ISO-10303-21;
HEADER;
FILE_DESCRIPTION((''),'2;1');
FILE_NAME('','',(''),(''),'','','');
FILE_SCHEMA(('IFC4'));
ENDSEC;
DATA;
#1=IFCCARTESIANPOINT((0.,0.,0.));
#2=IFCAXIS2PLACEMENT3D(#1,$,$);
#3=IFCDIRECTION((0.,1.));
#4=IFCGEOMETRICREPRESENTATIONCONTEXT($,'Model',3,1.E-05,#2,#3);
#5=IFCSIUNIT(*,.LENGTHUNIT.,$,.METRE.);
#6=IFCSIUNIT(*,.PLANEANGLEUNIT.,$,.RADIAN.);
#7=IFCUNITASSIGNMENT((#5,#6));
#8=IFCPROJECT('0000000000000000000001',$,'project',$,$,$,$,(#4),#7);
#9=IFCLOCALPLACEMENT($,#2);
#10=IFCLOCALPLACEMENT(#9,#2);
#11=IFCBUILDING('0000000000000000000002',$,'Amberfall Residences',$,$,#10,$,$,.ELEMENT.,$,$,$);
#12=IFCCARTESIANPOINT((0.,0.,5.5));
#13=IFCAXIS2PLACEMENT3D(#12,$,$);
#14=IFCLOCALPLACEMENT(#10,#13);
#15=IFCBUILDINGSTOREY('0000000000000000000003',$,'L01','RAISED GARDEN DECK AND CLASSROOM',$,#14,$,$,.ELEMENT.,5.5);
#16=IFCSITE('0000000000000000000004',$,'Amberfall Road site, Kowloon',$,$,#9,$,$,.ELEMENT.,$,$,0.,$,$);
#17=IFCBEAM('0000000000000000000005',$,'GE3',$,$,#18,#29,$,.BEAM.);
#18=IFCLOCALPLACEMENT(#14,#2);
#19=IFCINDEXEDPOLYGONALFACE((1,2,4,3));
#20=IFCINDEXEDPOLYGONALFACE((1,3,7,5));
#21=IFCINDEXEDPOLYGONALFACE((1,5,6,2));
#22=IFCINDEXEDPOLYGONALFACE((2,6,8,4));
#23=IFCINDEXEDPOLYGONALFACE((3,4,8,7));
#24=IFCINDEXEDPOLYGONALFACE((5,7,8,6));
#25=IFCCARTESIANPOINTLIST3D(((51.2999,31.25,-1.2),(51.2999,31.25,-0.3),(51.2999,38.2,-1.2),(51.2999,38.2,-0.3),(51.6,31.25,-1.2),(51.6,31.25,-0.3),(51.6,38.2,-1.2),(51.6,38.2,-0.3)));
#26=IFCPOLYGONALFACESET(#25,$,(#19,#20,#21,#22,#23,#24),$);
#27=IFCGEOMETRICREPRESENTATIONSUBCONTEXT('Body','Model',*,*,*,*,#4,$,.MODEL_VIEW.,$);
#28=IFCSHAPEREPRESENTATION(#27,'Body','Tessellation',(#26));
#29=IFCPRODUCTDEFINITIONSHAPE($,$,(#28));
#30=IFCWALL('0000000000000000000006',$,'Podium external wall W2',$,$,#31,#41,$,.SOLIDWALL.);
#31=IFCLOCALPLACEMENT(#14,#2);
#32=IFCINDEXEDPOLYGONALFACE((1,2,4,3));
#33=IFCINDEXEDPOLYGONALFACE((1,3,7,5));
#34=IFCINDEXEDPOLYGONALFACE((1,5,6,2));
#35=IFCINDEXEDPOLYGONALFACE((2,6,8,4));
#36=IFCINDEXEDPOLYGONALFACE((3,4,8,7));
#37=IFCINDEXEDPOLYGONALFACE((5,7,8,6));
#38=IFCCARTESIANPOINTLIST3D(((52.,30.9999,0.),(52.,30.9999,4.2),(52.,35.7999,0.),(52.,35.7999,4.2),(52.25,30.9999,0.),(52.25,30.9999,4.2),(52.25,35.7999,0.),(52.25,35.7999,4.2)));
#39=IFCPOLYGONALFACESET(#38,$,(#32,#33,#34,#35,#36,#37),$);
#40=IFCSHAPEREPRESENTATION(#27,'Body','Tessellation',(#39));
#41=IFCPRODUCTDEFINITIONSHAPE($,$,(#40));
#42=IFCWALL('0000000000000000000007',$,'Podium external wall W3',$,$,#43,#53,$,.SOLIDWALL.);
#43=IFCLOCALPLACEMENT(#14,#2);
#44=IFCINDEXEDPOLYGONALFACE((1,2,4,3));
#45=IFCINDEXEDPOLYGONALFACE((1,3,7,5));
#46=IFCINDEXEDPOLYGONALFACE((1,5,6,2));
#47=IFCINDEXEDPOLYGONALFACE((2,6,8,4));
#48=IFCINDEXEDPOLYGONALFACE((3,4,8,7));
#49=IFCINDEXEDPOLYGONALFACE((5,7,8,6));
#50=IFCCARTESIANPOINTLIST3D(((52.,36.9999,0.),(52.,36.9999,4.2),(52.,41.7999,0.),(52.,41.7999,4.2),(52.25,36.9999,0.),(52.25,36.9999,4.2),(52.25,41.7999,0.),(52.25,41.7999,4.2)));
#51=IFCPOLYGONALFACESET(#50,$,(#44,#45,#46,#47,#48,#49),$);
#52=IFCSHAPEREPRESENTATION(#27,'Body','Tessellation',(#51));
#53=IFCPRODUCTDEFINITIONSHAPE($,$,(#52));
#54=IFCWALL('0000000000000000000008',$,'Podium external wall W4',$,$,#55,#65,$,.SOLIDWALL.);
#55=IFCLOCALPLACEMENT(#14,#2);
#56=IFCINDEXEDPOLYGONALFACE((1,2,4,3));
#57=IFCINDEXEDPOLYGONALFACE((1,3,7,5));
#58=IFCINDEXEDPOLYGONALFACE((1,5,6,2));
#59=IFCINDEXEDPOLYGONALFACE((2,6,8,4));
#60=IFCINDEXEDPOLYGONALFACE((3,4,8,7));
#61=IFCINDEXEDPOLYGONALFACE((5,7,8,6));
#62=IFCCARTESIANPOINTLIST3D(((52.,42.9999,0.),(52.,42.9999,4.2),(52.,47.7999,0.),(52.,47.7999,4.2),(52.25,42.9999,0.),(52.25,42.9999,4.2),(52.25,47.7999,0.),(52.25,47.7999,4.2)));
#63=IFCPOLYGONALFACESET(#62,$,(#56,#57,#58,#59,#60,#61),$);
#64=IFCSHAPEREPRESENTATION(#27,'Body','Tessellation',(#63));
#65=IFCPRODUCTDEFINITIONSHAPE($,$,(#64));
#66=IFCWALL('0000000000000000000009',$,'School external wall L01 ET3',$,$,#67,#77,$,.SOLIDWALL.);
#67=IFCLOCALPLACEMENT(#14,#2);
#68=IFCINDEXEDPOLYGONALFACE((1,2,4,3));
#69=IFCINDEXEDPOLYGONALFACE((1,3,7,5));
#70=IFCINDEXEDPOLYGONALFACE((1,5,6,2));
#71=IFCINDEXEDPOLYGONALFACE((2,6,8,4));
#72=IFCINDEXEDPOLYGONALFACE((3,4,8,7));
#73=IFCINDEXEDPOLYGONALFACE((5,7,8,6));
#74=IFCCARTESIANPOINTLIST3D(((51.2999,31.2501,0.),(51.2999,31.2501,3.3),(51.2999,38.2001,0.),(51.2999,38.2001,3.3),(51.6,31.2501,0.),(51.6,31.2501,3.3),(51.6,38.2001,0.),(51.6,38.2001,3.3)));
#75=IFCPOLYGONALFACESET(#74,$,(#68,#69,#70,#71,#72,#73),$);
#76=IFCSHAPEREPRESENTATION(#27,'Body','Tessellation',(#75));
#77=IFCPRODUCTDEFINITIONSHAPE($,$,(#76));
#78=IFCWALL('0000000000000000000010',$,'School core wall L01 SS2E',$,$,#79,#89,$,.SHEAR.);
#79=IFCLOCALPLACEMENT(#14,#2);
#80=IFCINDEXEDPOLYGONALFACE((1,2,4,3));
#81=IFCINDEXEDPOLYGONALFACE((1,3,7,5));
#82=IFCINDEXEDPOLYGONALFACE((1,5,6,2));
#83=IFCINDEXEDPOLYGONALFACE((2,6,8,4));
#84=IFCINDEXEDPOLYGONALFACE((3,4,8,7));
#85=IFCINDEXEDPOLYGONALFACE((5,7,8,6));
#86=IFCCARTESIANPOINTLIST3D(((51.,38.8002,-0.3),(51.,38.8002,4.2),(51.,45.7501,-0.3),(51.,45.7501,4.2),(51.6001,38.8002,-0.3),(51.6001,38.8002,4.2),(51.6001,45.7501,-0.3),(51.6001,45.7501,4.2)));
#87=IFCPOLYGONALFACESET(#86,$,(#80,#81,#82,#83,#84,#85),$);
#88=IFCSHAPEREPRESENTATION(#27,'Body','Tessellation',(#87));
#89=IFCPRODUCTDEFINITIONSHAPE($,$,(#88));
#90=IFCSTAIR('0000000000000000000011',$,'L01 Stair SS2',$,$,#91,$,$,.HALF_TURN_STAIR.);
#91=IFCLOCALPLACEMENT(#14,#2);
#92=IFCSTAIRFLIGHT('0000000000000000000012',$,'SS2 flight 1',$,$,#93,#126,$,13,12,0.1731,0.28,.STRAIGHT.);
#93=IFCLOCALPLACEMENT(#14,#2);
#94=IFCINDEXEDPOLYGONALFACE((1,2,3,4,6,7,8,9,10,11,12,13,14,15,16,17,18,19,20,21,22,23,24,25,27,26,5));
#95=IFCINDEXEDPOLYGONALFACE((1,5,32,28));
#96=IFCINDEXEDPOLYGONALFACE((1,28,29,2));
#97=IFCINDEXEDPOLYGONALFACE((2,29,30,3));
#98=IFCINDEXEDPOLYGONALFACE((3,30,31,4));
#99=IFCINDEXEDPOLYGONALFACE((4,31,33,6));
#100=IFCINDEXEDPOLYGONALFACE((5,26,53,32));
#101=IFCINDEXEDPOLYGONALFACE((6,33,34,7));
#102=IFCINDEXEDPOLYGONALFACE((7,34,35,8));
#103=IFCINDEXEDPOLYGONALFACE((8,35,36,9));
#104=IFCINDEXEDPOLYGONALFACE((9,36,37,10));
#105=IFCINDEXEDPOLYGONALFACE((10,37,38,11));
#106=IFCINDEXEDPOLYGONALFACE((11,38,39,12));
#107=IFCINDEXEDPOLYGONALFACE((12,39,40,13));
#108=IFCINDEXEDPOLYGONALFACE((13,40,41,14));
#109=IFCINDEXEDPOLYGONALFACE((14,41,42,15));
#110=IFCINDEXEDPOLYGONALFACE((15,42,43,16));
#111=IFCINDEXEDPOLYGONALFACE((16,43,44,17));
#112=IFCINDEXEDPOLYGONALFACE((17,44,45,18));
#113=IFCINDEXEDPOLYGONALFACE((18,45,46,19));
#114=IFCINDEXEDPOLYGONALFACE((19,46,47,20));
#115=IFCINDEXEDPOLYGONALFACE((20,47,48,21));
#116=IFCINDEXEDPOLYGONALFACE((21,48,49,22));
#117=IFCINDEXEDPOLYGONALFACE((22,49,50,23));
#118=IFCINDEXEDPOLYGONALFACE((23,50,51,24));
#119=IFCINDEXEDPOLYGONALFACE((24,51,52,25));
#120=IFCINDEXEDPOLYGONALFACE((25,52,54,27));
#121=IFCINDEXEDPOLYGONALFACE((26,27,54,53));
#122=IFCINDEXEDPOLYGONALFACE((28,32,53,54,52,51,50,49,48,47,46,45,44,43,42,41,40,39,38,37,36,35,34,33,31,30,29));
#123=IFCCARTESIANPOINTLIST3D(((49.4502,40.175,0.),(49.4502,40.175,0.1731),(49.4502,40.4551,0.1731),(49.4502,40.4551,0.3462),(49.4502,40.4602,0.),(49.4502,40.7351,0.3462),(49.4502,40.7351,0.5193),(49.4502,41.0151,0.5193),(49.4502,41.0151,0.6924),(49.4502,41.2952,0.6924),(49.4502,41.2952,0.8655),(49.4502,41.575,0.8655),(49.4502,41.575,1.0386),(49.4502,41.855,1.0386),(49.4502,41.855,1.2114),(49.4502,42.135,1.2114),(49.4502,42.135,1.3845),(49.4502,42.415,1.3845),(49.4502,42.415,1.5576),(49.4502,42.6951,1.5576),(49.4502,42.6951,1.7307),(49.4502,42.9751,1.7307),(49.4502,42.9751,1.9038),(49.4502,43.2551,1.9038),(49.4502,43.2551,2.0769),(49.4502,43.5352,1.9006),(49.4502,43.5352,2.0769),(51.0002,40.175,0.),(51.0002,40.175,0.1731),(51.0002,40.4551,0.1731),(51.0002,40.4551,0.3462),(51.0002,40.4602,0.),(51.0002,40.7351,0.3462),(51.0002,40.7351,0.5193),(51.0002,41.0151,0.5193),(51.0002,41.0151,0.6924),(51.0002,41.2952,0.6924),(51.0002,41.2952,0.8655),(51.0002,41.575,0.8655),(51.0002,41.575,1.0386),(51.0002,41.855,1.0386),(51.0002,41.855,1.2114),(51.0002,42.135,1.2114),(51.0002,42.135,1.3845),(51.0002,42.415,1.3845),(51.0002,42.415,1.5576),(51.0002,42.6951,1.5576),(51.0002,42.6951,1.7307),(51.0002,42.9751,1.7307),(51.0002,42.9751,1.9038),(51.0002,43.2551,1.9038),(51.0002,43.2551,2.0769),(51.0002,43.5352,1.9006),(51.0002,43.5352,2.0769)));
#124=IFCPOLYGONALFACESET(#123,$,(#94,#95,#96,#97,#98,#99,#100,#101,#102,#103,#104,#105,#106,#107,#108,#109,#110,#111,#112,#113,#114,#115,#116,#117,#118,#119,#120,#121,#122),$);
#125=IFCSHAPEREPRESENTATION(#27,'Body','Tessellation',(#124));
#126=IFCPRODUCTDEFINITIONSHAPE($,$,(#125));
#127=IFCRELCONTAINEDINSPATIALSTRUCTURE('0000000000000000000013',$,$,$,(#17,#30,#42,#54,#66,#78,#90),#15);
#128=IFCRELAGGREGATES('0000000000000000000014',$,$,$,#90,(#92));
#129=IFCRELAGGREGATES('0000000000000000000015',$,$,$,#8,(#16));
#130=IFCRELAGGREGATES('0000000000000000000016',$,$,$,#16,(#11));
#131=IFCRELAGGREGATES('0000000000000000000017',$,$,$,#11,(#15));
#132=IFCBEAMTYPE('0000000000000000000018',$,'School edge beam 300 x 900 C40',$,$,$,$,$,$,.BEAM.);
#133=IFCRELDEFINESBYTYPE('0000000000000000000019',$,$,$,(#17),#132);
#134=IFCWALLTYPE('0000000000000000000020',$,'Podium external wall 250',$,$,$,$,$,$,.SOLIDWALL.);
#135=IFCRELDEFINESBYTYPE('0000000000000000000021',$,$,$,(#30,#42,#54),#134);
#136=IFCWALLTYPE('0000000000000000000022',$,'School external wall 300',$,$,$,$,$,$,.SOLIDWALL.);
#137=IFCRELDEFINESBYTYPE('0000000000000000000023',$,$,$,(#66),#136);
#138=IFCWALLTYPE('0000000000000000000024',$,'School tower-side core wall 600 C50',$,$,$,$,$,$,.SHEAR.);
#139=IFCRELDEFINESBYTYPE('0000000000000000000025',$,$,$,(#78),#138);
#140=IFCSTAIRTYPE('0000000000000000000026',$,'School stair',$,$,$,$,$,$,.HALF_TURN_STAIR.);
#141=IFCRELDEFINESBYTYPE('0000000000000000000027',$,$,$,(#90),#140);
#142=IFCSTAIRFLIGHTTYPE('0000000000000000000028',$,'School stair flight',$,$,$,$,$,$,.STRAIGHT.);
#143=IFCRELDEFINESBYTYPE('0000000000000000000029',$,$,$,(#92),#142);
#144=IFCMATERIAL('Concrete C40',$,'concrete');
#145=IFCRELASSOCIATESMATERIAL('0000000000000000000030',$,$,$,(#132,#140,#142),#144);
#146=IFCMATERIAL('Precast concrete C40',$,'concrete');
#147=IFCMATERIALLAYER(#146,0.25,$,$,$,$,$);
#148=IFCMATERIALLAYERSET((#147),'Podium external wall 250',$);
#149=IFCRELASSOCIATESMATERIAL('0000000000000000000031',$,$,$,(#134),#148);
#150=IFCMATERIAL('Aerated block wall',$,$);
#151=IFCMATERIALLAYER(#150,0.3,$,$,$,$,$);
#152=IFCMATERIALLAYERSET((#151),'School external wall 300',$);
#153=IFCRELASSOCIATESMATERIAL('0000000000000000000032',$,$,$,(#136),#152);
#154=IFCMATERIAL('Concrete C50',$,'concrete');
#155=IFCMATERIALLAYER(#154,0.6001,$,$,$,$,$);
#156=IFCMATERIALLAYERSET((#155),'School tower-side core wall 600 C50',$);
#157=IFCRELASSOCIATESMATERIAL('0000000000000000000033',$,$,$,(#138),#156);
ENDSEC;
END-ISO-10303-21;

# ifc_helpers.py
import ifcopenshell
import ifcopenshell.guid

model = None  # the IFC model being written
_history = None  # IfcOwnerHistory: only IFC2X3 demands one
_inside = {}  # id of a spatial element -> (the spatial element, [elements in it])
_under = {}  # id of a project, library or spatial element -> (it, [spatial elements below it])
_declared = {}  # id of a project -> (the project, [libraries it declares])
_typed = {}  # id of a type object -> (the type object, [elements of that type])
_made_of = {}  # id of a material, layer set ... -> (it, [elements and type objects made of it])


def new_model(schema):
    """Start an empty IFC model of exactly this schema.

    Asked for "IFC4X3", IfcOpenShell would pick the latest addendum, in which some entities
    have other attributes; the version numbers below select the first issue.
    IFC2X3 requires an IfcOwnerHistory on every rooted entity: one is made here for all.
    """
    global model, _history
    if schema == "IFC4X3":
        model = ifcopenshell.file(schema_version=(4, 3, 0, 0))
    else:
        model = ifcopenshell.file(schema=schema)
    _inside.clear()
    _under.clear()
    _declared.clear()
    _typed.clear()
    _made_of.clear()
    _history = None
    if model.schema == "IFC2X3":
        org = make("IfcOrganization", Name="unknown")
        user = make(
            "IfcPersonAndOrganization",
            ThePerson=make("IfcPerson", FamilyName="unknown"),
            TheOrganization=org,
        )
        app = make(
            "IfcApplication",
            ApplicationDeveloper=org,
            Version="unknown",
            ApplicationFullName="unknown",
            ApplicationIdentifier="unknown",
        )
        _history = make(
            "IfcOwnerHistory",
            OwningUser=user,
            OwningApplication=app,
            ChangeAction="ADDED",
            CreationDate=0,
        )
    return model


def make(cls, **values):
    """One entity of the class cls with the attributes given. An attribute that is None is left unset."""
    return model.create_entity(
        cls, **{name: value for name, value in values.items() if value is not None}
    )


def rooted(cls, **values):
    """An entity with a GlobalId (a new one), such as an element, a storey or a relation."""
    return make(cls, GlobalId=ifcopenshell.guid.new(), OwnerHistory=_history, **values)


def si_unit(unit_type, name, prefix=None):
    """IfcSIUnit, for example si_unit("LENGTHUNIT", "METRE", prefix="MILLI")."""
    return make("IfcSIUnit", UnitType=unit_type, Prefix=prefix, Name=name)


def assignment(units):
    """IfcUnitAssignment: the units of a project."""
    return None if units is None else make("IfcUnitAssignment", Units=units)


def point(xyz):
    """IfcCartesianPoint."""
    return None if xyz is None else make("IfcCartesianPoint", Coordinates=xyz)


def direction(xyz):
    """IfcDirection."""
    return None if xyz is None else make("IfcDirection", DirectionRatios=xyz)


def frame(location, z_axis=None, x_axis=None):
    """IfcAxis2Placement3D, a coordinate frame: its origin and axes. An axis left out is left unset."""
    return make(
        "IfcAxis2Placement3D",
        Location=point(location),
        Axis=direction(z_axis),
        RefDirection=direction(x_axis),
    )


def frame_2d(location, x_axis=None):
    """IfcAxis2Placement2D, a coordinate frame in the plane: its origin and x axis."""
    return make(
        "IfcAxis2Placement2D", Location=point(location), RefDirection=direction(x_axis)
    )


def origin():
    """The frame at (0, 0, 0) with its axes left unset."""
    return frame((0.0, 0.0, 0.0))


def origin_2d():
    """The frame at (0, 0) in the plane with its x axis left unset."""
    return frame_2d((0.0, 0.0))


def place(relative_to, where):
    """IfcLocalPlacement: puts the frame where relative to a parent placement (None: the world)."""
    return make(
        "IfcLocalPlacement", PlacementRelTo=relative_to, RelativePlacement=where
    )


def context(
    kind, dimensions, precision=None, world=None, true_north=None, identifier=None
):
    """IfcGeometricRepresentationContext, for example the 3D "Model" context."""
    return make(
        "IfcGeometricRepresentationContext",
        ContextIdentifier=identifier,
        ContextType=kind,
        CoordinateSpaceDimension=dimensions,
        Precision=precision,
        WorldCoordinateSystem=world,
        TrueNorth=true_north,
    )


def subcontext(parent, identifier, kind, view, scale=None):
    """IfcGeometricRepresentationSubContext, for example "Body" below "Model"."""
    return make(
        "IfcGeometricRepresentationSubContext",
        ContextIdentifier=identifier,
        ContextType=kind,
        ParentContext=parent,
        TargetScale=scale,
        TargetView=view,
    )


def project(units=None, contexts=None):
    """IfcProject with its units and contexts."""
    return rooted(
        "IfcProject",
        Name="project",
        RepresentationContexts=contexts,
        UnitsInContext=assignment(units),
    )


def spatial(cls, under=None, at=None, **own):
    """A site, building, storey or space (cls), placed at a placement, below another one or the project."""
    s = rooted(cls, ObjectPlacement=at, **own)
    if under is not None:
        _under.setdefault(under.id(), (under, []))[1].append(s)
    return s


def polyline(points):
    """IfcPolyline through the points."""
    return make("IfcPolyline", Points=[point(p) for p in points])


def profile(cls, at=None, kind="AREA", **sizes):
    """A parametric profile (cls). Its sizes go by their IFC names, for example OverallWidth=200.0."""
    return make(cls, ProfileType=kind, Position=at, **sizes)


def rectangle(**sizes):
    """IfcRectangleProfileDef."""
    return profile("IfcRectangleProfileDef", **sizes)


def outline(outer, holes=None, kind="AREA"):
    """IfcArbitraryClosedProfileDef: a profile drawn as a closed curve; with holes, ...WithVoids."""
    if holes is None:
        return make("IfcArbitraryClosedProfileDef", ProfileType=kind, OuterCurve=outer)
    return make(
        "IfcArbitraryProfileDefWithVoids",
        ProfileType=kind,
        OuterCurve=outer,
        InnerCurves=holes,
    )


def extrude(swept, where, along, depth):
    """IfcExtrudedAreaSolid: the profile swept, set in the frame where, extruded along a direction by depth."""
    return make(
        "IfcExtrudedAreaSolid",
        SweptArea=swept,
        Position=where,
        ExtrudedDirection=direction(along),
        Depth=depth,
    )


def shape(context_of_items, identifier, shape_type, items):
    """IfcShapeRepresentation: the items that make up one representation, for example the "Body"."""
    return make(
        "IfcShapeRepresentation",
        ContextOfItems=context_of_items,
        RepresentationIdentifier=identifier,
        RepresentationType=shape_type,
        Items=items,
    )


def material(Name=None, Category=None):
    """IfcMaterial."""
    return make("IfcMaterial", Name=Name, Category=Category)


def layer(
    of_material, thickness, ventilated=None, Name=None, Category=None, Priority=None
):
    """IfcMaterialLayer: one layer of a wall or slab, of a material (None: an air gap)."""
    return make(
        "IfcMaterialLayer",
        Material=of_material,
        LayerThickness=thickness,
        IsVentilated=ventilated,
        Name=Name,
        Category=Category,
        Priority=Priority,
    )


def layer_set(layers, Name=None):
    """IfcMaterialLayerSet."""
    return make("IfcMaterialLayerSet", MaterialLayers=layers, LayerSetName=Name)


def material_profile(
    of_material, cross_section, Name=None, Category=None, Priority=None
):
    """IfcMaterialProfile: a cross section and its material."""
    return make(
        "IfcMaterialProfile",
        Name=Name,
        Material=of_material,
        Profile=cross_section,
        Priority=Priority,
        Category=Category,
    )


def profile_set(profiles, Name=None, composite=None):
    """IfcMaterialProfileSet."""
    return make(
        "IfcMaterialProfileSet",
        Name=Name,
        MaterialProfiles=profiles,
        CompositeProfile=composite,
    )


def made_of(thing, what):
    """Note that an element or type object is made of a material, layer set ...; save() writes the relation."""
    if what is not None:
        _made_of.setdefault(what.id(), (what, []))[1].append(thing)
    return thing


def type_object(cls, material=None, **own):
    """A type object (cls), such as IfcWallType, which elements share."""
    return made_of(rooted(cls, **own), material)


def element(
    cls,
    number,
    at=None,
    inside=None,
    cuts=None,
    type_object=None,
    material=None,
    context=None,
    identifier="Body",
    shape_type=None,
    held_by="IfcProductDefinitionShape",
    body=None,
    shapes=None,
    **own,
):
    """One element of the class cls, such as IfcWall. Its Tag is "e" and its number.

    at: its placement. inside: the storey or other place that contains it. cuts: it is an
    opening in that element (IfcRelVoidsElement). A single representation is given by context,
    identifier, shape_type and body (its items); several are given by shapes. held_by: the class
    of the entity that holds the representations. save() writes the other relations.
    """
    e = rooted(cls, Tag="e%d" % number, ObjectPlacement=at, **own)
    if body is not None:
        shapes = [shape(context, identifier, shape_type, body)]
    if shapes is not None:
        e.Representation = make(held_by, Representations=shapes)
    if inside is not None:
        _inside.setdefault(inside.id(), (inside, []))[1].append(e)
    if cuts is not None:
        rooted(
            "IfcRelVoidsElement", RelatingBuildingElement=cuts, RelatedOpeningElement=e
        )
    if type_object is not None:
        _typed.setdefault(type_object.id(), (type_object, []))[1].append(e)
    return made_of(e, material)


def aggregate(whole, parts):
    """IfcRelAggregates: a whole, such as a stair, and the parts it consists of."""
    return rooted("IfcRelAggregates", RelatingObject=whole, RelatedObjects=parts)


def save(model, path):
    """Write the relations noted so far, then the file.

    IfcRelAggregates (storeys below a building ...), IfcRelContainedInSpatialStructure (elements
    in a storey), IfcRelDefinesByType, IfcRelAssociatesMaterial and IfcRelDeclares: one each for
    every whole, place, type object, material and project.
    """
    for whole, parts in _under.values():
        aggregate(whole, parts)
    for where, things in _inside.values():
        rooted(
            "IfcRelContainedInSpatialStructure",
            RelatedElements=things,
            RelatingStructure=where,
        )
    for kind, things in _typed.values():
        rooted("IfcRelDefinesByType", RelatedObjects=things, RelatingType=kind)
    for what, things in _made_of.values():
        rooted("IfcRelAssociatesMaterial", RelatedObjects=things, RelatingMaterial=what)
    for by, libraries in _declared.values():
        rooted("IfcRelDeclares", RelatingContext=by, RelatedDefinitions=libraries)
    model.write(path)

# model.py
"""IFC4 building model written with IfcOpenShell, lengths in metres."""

from ifc_helpers import new_model, si_unit, direction, frame, frame_2d, origin, origin_2d, place, context, subcontext, project, spatial, polyline, rectangle, outline, extrude, material, layer, layer_set, material_profile, profile_set, type_object, element, aggregate, save


model = new_model("IFC4")

# Units and contexts
model_context = context("Model", 3, precision=1e-05, world=origin(), true_north=direction((0.0, 1.0)))
body_context = subcontext(model_context, "Body", "Model", "MODEL_VIEW")
ifc_project = project(units=[si_unit("LENGTHUNIT", "METRE"), si_unit("PLANEANGLEUNIT", "RADIAN")], contexts=[model_context])

# Site, building, storey
site_placement = place(None, origin())
site = spatial("IfcSite", under=ifc_project, at=site_placement, Name="Amberfall Road site, Kowloon", CompositionType="ELEMENT", RefElevation=0.0)
building_placement = place(site_placement, origin())
building = spatial("IfcBuilding", under=site, at=building_placement, Name="Amberfall Residences", CompositionType="ELEMENT")
storey_placement = place(building_placement, frame((0.0, 0.0, 5.5)))
storey = spatial("IfcBuildingStorey", under=building, at=storey_placement, Name="L01", Description="RAISED GARDEN DECK AND CLASSROOM", CompositionType="ELEMENT", Elevation=5.5)

# Shared definitions
ifc_material_1 = material(Name="Concrete C50", Category="concrete")

# Beam
ifc_material_2 = material(Name="Concrete C40", Category="concrete")
ifc_material_profile_1 = material_profile(ifc_material_2, rectangle(XDim=0.3, YDim=0.8999, at=origin_2d()), Name="School edge beam 300 x 900 C40")
ifc_profile_set_1 = profile_set([ifc_material_profile_1], Name="Concrete C40")
beam_type_1 = type_object("IfcBeamType", Name="School edge beam 300 x 900 C40", PredefinedType="BEAM", material=ifc_profile_set_1)
beam_placement = place(storey_placement, frame((51.45, 31.25, -0.75), z_axis=(0.0, 1.0, 0.0), x_axis=(-1.0, 0.0, 0.0)))
element("IfcBeam", 1, at=beam_placement, inside=storey, type_object=beam_type_1, Name="GE3", PredefinedType="BEAM", context=body_context, shape_type="SweptSolid", body=[
    extrude(rectangle(XDim=0.3, YDim=0.8999, at=origin_2d()), origin(), (0.0, 0.0, 1.0), 6.95),
])

# Walls
ifc_material_3 = material(Name="Precast concrete C40", Category="concrete")
ifc_layer_1 = layer(ifc_material_3, 0.25)
ifc_layer_set_1 = layer_set([ifc_layer_1], Name="Podium external wall 250")
wall_type_1 = type_object("IfcWallType", Name="Podium external wall 250", PredefinedType="SOLIDWALL", material=ifc_layer_set_1)
for number, where, z_axis, x_axis, name in (
    (2, (52.125, 31.0, 0.0), (0.0, 0.0, 1.0), (0.0, 1.0, 0.0), "Podium external wall W2"),
    (3, (52.125, 37.0, 0.0), (0.0, 0.0, 1.0), (0.0, 1.0, 0.0), "Podium external wall W3"),
    (4, (52.125, 43.0, 0.0), (0.0, 0.0, 1.0), (0.0, 1.0, 0.0), "Podium external wall W4"),
):
    element("IfcWall", number, at=place(storey_placement, frame(where, z_axis=z_axis, x_axis=x_axis)), inside=storey, type_object=wall_type_1, Name=name, PredefinedType="SOLIDWALL", context=body_context, shape_type="SweptSolid", body=[
        extrude(rectangle(XDim=4.8, YDim=0.25, at=frame_2d((2.3999, 0.0))), origin(), (0.0, 0.0, 1.0), 4.2),
    ])
ifc_material_4 = material(Name="Aerated block wall")
ifc_layer_2 = layer(ifc_material_4, 0.3)
ifc_layer_set_2 = layer_set([ifc_layer_2], Name="School external wall 300")
wall_type_2 = type_object("IfcWallType", Name="School external wall 300", PredefinedType="SOLIDWALL", material=ifc_layer_set_2)
wall_1_placement = place(storey_placement, frame((51.45, 31.25, 0.0), z_axis=(0.0, 0.0, 1.0), x_axis=(0.0, 1.0, 0.0)))
element("IfcWall", 5, at=wall_1_placement, inside=storey, type_object=wall_type_2, Name="School external wall L01 ET3", PredefinedType="SOLIDWALL", context=body_context, shape_type="SweptSolid", body=[
    extrude(rectangle(XDim=6.95, YDim=0.3, at=frame_2d((3.4751, 0.0))), origin(), (0.0, 0.0, 1.0), 3.3),
])
ifc_layer_3 = layer(ifc_material_1, 0.6001)
ifc_layer_set_3 = layer_set([ifc_layer_3], Name="School tower-side core wall 600 C50")
wall_type_3 = type_object("IfcWallType", Name="School tower-side core wall 600 C50", PredefinedType="SHEAR", material=ifc_layer_set_3)
wall_2_placement = place(storey_placement, frame((51.3, 38.8, -0.3), z_axis=(0.0, 0.0, 1.0), x_axis=(0.0, 1.0, 0.0)))
element("IfcWall", 6, at=wall_2_placement, inside=storey, type_object=wall_type_3, Name="School core wall L01 SS2E", PredefinedType="SHEAR", context=body_context, shape_type="SweptSolid", body=[
    extrude(rectangle(XDim=6.95, YDim=0.6001, at=frame_2d((3.4751, 0.0))), origin(), (0.0, 0.0, 1.0), 4.5),
])

# Stair, stair flight
stair_type = type_object("IfcStairType", Name="School stair", PredefinedType="HALF_TURN_STAIR", material=ifc_material_2)
stair_placement = place(storey_placement, origin())
stair = element("IfcStair", 7, at=stair_placement, inside=storey, type_object=stair_type, Name="L01 Stair SS2", PredefinedType="HALF_TURN_STAIR")
stair_flight_type = type_object("IfcStairFlightType", Name="School stair flight", PredefinedType="STRAIGHT", material=ifc_material_2)
stair_flight_placement = place(storey_placement, frame((50.2251, 40.175, 0.0), z_axis=(0.0, 0.0, 1.0), x_axis=(0.0, 1.0, 0.0)))
stair_flight = element("IfcStairFlight", 8, at=stair_flight_placement, type_object=stair_flight_type, Name="SS2 flight 1", NumberOfRisers=13, NumberOfTreads=12, PredefinedType="STRAIGHT", RiserHeight=0.1731, TreadLength=0.28, context=body_context, shape_type="SweptSolid", body=[
    extrude(outline(polyline([(0.0, 0.0), (0.0, 0.1731), (0.28, 0.1731), (0.28, 0.3462), (0.5601, 0.3462), (0.5601, 0.5193), (0.8401, 0.5193), (0.8401, 0.6924), (1.1201, 0.6924), (1.1201, 0.8655), (1.3999, 0.8655), (1.3999, 1.0386), (1.6799, 1.0386), (1.6799, 1.2114), (1.96, 1.2114), (1.96, 1.3845), (2.24, 1.3845), (2.24, 1.5576), (2.52, 1.5576), (2.52, 1.7307), (2.8, 1.7307), (2.8, 1.9038), (3.0801, 1.9038), (3.0801, 2.0769), (3.3601, 2.0769), (3.3601, 2.25), (3.3601, 1.9006), (0.2852, 0.0), (0.0, 0.0)])), frame((0.0, 0.7749, 0.0), z_axis=(0.0, -1.0, 0.0), x_axis=(1.0, 0.0, 0.0)), (0.0, 0.0, 1.0), 1.55),
])
aggregate(stair, [stair_flight])

save(model, "model.ifc")
